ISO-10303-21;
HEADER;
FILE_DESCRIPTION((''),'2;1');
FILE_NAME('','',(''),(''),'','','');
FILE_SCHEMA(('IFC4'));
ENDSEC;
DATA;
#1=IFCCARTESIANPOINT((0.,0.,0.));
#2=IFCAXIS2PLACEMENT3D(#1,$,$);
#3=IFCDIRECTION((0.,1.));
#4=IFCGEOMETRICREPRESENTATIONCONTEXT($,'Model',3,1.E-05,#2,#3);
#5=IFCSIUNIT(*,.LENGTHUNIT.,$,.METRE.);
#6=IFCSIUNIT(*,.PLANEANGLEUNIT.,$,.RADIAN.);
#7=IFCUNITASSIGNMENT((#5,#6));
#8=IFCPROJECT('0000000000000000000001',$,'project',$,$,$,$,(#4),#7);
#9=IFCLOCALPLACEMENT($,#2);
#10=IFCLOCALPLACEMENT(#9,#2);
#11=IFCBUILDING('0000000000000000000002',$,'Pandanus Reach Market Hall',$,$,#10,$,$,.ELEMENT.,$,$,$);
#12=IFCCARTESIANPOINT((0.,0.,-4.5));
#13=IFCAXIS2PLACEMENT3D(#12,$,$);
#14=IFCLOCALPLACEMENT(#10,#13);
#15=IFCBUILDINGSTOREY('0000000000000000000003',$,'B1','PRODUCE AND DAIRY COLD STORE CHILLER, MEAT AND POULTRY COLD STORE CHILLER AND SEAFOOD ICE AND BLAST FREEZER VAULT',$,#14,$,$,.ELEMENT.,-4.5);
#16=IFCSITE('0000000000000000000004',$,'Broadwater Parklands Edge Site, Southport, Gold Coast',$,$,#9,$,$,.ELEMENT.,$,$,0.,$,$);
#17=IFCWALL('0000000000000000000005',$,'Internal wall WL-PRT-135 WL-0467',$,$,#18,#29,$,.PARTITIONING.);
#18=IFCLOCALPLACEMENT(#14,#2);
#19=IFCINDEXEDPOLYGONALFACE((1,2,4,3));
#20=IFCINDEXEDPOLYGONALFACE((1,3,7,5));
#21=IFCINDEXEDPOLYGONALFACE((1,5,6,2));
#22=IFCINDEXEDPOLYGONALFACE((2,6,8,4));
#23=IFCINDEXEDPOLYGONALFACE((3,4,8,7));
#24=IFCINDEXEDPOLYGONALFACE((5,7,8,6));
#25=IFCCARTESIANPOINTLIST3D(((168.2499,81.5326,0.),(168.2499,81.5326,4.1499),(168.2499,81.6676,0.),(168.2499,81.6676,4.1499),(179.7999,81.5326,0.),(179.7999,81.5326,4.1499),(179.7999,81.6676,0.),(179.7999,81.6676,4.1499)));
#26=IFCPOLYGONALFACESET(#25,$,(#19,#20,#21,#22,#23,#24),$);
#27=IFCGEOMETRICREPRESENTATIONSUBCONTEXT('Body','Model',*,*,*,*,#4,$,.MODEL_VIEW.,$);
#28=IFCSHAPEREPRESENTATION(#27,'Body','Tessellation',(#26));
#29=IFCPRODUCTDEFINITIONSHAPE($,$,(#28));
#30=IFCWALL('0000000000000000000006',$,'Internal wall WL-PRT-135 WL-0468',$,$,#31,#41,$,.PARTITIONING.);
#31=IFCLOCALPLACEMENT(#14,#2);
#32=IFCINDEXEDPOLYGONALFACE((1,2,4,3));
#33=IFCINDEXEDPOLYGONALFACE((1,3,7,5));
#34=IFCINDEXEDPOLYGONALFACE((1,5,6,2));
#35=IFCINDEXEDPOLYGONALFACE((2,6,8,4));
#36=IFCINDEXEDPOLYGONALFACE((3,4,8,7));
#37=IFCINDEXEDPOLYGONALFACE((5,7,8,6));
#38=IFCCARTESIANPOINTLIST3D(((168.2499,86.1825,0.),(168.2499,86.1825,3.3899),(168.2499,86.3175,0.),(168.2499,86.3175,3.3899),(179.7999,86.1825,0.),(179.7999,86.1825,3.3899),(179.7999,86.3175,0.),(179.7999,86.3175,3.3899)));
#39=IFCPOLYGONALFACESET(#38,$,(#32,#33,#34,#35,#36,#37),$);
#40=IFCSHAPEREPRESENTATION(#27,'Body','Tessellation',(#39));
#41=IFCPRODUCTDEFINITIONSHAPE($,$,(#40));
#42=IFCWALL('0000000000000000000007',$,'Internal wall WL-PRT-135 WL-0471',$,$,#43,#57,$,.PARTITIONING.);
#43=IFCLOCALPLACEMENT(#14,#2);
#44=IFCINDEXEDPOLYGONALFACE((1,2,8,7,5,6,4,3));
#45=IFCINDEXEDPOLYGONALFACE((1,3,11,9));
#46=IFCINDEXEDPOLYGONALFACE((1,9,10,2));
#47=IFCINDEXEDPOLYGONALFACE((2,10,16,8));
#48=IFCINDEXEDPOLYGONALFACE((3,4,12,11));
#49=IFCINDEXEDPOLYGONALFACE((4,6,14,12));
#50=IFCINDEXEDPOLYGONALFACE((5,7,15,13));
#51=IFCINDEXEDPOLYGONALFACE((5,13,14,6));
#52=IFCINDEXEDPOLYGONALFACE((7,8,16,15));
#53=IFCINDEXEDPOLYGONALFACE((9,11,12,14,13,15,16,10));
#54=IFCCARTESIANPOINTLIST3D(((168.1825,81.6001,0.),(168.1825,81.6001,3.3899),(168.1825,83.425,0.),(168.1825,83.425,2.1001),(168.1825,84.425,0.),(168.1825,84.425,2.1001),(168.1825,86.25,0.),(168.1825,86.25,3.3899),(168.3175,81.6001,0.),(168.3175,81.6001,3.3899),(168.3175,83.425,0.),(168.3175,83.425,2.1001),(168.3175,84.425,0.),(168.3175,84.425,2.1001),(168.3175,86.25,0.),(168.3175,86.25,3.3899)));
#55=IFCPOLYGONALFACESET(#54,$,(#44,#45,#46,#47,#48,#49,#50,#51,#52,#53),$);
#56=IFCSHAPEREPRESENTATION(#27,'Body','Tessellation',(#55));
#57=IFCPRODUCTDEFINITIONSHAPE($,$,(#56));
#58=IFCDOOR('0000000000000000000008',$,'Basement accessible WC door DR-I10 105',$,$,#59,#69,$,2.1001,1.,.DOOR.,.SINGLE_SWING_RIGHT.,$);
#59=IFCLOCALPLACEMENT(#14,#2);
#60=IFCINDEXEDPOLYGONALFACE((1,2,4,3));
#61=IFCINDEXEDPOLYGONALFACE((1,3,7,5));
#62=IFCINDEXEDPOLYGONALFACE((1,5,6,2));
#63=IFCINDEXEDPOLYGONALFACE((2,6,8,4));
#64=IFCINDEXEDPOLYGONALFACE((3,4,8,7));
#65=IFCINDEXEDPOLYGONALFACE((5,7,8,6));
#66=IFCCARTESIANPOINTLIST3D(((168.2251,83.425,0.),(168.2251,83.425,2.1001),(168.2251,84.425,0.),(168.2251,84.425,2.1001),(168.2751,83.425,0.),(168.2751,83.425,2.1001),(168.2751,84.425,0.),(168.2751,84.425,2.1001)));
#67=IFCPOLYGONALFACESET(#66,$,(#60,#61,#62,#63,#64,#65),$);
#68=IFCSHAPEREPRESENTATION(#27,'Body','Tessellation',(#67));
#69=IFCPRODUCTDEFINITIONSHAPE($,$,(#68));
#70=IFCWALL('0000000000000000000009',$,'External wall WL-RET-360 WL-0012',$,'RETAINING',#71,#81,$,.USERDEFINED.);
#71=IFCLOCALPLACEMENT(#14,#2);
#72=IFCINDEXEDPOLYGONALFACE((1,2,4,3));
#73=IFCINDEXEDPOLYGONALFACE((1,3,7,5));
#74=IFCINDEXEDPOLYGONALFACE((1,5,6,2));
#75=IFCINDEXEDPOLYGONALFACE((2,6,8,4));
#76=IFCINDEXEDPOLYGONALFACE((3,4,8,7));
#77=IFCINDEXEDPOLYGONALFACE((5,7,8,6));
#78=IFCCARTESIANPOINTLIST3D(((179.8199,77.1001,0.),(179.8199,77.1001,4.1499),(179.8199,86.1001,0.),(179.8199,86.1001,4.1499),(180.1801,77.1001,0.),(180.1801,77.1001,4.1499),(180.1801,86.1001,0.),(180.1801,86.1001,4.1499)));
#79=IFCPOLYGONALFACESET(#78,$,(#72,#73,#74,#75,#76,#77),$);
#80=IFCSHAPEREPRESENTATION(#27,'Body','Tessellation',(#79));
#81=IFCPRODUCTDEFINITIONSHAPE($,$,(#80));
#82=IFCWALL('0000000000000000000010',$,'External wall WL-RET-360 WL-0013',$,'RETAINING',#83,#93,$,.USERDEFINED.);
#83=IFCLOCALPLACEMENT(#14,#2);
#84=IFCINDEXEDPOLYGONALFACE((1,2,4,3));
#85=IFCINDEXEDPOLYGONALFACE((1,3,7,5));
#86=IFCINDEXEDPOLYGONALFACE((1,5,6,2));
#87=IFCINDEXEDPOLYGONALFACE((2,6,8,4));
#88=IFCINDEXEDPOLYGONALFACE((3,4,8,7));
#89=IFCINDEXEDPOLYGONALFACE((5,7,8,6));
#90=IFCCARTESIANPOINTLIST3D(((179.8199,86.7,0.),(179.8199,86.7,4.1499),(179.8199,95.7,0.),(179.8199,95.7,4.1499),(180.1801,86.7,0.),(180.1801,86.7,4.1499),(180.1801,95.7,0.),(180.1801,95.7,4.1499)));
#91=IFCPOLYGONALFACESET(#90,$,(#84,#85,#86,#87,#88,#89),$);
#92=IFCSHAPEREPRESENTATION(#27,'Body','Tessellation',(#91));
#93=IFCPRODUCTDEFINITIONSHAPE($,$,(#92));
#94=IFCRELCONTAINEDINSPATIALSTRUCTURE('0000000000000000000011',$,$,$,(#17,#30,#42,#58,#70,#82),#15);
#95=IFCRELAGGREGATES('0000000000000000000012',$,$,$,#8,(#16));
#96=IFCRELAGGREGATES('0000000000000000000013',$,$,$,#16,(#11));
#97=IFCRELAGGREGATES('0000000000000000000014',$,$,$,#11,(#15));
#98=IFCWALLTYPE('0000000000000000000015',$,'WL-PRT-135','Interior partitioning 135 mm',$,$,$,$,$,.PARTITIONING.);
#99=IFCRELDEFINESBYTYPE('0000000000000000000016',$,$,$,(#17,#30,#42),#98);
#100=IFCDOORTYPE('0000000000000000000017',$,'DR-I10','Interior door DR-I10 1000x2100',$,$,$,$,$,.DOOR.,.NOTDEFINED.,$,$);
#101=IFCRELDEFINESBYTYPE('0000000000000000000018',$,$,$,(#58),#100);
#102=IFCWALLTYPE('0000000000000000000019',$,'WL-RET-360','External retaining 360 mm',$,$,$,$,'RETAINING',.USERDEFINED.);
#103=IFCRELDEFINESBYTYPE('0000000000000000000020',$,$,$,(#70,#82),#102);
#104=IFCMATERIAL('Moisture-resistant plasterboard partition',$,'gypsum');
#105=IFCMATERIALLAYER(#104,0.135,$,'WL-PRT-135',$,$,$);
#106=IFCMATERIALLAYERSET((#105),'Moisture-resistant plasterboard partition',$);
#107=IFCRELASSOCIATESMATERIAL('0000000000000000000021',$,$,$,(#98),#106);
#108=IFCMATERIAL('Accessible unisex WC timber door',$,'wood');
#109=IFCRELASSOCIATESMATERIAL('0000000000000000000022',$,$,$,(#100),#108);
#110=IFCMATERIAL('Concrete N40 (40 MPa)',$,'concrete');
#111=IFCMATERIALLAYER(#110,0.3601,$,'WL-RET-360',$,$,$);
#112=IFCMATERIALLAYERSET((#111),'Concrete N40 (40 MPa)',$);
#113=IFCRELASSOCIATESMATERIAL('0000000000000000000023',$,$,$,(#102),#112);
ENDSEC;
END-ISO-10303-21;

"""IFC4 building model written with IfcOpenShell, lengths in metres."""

from ifc_helpers import new_model, si_unit, direction, frame, frame_2d, origin, place, context, subcontext, project, spatial, rectangle, extrude, material, layer, layer_set, type_object, element, fill, save


model = new_model("IFC4")

# Units and contexts
model_context = context("Model", 3, precision=1e-05, world=origin(), true_north=direction((0.0, 1.0)))
body_context = subcontext(model_context, "Body", "Model", "MODEL_VIEW")
ifc_project = project(units=[si_unit("LENGTHUNIT", "METRE"), si_unit("PLANEANGLEUNIT", "RADIAN")], contexts=[model_context])

# Site, building, storey
site_placement = place(None, origin())
site = spatial("IfcSite", under=ifc_project, at=site_placement, Name="Broadwater Parklands Edge Site, Southport, Gold Coast", CompositionType="ELEMENT", RefElevation=0.0)
building_placement = place(site_placement, origin())
building = spatial("IfcBuilding", under=site, at=building_placement, Name="Pandanus Reach Market Hall", CompositionType="ELEMENT")
storey_placement = place(building_placement, frame((0.0, 0.0, -4.5)))
storey = spatial("IfcBuildingStorey", under=building, at=storey_placement, Name="B1", Description="PRODUCE AND DAIRY COLD STORE CHILLER, MEAT AND POULTRY COLD STORE CHILLER AND SEAFOOD ICE AND BLAST FREEZER VAULT", CompositionType="ELEMENT", Elevation=-4.5)

# Shared definitions
ifc_material_1 = material(Name="Concrete N40 (40 MPa)", Category="concrete")

# Walls
ifc_material_2 = material(Name="Moisture-resistant plasterboard partition", Category="gypsum")
ifc_layer_1 = layer(ifc_material_2, 0.135, Name="WL-PRT-135")
ifc_layer_set_1 = layer_set([ifc_layer_1], Name="Moisture-resistant plasterboard partition")
wall_type_1 = type_object("IfcWallType", Name="WL-PRT-135", Description="Interior partitioning 135 mm", PredefinedType="PARTITIONING", material=ifc_layer_set_1)
wall_1_placement = place(storey_placement, frame((168.25, 81.6001, 0.0), z_axis=(0.0, 0.0, 1.0), x_axis=(1.0, 0.0, 0.0)))
element("IfcWall", 1, at=wall_1_placement, inside=storey, type_object=wall_type_1, Name="Internal wall WL-PRT-135 WL-0467", PredefinedType="PARTITIONING", context=body_context, shape_type="SweptSolid", body=[
    extrude(rectangle(XDim=11.55, YDim=0.135, at=frame_2d((5.7749, 0.0))), origin(), (0.0, 0.0, 1.0), 4.1499),
])
wall_2_placement = place(storey_placement, frame((168.25, 86.25, 0.0), z_axis=(0.0, 0.0, 1.0), x_axis=(1.0, 0.0, 0.0)))
element("IfcWall", 2, at=wall_2_placement, inside=storey, type_object=wall_type_1, Name="Internal wall WL-PRT-135 WL-0468", PredefinedType="PARTITIONING", context=body_context, shape_type="SweptSolid", body=[
    extrude(rectangle(XDim=11.55, YDim=0.135, at=frame_2d((5.7749, 0.0))), origin(), (0.0, 0.0, 1.0), 3.3899),
])

# Wall, opening, door
wall_3_placement = place(storey_placement, frame((168.25, 81.6001, 0.0), z_axis=(0.0, 0.0, 1.0), x_axis=(0.0, 1.0, 0.0)))
wall_3 = element("IfcWall", 3, at=wall_3_placement, inside=storey, type_object=wall_type_1, Name="Internal wall WL-PRT-135 WL-0471", PredefinedType="PARTITIONING", context=body_context, shape_type="SweptSolid", body=[
    extrude(rectangle(XDim=4.6499, YDim=0.135, at=frame_2d((2.325, 0.0))), origin(), (0.0, 0.0, 1.0), 3.3899),
])
opening_placement = place(wall_3_placement, frame((1.825, 0.0, 0.0)))
opening = element("IfcOpeningElement", 4, at=opening_placement, cuts=wall_3, PredefinedType="OPENING", context=body_context, shape_type="SweptSolid", body=[
    extrude(rectangle(XDim=1.0, YDim=2.1001, at=frame_2d((0.5, 1.05))), frame((0.0, 0.0825, 0.0), z_axis=(0.0, -1.0, 0.0), x_axis=(1.0, 0.0, 0.0)), (0.0, 0.0, 1.0), 0.165),
])
ifc_material_3 = material(Name="Accessible unisex WC timber door", Category="wood")
door_type = type_object("IfcDoorType", Name="DR-I10", Description="Interior door DR-I10 1000x2100", OperationType="NOTDEFINED", PredefinedType="DOOR", material=ifc_material_3)
door_placement = place(opening_placement, origin())
door = element("IfcDoor", 5, at=door_placement, inside=storey, type_object=door_type, Name="Basement accessible WC door DR-I10 105", OperationType="SINGLE_SWING_RIGHT", OverallHeight=2.1001, OverallWidth=1.0, PredefinedType="DOOR", context=body_context, shape_type="SweptSolid", body=[
    extrude(rectangle(XDim=1.0, YDim=2.1001, at=frame_2d((0.5, 1.05))), frame((0.0, 0.0249, 0.0), z_axis=(0.0, -1.0, 0.0), x_axis=(1.0, 0.0, 0.0)), (0.0, 0.0, 1.0), 0.05),
])
fill(opening, door)

# Walls
ifc_layer_2 = layer(ifc_material_1, 0.3601, Name="WL-RET-360")
ifc_layer_set_2 = layer_set([ifc_layer_2], Name="Concrete N40 (40 MPa)")
wall_type_2 = type_object("IfcWallType", Name="WL-RET-360", Description="External retaining 360 mm", ElementType="RETAINING", PredefinedType="USERDEFINED", material=ifc_layer_set_2)
for number, where, z_axis, x_axis, name in (
    (6, (180.0, 77.1001, 0.0), (0.0, 0.0, 1.0), (0.0, 1.0, 0.0), "External wall WL-RET-360 WL-0012"),
    (7, (180.0, 86.7, 0.0), (0.0, 0.0, 1.0), (0.0, 1.0, 0.0), "External wall WL-RET-360 WL-0013"),
):
    element("IfcWall", number, at=place(storey_placement, frame(where, z_axis=z_axis, x_axis=x_axis)), inside=storey, type_object=wall_type_2, Name=name, ObjectType="RETAINING", PredefinedType="USERDEFINED", context=body_context, shape_type="SweptSolid", body=[
        extrude(rectangle(XDim=9.0, YDim=0.3601, at=frame_2d((4.5, 0.0))), origin(), (0.0, 0.0, 1.0), 4.1499),
    ])

save(model, "model.ifc")
